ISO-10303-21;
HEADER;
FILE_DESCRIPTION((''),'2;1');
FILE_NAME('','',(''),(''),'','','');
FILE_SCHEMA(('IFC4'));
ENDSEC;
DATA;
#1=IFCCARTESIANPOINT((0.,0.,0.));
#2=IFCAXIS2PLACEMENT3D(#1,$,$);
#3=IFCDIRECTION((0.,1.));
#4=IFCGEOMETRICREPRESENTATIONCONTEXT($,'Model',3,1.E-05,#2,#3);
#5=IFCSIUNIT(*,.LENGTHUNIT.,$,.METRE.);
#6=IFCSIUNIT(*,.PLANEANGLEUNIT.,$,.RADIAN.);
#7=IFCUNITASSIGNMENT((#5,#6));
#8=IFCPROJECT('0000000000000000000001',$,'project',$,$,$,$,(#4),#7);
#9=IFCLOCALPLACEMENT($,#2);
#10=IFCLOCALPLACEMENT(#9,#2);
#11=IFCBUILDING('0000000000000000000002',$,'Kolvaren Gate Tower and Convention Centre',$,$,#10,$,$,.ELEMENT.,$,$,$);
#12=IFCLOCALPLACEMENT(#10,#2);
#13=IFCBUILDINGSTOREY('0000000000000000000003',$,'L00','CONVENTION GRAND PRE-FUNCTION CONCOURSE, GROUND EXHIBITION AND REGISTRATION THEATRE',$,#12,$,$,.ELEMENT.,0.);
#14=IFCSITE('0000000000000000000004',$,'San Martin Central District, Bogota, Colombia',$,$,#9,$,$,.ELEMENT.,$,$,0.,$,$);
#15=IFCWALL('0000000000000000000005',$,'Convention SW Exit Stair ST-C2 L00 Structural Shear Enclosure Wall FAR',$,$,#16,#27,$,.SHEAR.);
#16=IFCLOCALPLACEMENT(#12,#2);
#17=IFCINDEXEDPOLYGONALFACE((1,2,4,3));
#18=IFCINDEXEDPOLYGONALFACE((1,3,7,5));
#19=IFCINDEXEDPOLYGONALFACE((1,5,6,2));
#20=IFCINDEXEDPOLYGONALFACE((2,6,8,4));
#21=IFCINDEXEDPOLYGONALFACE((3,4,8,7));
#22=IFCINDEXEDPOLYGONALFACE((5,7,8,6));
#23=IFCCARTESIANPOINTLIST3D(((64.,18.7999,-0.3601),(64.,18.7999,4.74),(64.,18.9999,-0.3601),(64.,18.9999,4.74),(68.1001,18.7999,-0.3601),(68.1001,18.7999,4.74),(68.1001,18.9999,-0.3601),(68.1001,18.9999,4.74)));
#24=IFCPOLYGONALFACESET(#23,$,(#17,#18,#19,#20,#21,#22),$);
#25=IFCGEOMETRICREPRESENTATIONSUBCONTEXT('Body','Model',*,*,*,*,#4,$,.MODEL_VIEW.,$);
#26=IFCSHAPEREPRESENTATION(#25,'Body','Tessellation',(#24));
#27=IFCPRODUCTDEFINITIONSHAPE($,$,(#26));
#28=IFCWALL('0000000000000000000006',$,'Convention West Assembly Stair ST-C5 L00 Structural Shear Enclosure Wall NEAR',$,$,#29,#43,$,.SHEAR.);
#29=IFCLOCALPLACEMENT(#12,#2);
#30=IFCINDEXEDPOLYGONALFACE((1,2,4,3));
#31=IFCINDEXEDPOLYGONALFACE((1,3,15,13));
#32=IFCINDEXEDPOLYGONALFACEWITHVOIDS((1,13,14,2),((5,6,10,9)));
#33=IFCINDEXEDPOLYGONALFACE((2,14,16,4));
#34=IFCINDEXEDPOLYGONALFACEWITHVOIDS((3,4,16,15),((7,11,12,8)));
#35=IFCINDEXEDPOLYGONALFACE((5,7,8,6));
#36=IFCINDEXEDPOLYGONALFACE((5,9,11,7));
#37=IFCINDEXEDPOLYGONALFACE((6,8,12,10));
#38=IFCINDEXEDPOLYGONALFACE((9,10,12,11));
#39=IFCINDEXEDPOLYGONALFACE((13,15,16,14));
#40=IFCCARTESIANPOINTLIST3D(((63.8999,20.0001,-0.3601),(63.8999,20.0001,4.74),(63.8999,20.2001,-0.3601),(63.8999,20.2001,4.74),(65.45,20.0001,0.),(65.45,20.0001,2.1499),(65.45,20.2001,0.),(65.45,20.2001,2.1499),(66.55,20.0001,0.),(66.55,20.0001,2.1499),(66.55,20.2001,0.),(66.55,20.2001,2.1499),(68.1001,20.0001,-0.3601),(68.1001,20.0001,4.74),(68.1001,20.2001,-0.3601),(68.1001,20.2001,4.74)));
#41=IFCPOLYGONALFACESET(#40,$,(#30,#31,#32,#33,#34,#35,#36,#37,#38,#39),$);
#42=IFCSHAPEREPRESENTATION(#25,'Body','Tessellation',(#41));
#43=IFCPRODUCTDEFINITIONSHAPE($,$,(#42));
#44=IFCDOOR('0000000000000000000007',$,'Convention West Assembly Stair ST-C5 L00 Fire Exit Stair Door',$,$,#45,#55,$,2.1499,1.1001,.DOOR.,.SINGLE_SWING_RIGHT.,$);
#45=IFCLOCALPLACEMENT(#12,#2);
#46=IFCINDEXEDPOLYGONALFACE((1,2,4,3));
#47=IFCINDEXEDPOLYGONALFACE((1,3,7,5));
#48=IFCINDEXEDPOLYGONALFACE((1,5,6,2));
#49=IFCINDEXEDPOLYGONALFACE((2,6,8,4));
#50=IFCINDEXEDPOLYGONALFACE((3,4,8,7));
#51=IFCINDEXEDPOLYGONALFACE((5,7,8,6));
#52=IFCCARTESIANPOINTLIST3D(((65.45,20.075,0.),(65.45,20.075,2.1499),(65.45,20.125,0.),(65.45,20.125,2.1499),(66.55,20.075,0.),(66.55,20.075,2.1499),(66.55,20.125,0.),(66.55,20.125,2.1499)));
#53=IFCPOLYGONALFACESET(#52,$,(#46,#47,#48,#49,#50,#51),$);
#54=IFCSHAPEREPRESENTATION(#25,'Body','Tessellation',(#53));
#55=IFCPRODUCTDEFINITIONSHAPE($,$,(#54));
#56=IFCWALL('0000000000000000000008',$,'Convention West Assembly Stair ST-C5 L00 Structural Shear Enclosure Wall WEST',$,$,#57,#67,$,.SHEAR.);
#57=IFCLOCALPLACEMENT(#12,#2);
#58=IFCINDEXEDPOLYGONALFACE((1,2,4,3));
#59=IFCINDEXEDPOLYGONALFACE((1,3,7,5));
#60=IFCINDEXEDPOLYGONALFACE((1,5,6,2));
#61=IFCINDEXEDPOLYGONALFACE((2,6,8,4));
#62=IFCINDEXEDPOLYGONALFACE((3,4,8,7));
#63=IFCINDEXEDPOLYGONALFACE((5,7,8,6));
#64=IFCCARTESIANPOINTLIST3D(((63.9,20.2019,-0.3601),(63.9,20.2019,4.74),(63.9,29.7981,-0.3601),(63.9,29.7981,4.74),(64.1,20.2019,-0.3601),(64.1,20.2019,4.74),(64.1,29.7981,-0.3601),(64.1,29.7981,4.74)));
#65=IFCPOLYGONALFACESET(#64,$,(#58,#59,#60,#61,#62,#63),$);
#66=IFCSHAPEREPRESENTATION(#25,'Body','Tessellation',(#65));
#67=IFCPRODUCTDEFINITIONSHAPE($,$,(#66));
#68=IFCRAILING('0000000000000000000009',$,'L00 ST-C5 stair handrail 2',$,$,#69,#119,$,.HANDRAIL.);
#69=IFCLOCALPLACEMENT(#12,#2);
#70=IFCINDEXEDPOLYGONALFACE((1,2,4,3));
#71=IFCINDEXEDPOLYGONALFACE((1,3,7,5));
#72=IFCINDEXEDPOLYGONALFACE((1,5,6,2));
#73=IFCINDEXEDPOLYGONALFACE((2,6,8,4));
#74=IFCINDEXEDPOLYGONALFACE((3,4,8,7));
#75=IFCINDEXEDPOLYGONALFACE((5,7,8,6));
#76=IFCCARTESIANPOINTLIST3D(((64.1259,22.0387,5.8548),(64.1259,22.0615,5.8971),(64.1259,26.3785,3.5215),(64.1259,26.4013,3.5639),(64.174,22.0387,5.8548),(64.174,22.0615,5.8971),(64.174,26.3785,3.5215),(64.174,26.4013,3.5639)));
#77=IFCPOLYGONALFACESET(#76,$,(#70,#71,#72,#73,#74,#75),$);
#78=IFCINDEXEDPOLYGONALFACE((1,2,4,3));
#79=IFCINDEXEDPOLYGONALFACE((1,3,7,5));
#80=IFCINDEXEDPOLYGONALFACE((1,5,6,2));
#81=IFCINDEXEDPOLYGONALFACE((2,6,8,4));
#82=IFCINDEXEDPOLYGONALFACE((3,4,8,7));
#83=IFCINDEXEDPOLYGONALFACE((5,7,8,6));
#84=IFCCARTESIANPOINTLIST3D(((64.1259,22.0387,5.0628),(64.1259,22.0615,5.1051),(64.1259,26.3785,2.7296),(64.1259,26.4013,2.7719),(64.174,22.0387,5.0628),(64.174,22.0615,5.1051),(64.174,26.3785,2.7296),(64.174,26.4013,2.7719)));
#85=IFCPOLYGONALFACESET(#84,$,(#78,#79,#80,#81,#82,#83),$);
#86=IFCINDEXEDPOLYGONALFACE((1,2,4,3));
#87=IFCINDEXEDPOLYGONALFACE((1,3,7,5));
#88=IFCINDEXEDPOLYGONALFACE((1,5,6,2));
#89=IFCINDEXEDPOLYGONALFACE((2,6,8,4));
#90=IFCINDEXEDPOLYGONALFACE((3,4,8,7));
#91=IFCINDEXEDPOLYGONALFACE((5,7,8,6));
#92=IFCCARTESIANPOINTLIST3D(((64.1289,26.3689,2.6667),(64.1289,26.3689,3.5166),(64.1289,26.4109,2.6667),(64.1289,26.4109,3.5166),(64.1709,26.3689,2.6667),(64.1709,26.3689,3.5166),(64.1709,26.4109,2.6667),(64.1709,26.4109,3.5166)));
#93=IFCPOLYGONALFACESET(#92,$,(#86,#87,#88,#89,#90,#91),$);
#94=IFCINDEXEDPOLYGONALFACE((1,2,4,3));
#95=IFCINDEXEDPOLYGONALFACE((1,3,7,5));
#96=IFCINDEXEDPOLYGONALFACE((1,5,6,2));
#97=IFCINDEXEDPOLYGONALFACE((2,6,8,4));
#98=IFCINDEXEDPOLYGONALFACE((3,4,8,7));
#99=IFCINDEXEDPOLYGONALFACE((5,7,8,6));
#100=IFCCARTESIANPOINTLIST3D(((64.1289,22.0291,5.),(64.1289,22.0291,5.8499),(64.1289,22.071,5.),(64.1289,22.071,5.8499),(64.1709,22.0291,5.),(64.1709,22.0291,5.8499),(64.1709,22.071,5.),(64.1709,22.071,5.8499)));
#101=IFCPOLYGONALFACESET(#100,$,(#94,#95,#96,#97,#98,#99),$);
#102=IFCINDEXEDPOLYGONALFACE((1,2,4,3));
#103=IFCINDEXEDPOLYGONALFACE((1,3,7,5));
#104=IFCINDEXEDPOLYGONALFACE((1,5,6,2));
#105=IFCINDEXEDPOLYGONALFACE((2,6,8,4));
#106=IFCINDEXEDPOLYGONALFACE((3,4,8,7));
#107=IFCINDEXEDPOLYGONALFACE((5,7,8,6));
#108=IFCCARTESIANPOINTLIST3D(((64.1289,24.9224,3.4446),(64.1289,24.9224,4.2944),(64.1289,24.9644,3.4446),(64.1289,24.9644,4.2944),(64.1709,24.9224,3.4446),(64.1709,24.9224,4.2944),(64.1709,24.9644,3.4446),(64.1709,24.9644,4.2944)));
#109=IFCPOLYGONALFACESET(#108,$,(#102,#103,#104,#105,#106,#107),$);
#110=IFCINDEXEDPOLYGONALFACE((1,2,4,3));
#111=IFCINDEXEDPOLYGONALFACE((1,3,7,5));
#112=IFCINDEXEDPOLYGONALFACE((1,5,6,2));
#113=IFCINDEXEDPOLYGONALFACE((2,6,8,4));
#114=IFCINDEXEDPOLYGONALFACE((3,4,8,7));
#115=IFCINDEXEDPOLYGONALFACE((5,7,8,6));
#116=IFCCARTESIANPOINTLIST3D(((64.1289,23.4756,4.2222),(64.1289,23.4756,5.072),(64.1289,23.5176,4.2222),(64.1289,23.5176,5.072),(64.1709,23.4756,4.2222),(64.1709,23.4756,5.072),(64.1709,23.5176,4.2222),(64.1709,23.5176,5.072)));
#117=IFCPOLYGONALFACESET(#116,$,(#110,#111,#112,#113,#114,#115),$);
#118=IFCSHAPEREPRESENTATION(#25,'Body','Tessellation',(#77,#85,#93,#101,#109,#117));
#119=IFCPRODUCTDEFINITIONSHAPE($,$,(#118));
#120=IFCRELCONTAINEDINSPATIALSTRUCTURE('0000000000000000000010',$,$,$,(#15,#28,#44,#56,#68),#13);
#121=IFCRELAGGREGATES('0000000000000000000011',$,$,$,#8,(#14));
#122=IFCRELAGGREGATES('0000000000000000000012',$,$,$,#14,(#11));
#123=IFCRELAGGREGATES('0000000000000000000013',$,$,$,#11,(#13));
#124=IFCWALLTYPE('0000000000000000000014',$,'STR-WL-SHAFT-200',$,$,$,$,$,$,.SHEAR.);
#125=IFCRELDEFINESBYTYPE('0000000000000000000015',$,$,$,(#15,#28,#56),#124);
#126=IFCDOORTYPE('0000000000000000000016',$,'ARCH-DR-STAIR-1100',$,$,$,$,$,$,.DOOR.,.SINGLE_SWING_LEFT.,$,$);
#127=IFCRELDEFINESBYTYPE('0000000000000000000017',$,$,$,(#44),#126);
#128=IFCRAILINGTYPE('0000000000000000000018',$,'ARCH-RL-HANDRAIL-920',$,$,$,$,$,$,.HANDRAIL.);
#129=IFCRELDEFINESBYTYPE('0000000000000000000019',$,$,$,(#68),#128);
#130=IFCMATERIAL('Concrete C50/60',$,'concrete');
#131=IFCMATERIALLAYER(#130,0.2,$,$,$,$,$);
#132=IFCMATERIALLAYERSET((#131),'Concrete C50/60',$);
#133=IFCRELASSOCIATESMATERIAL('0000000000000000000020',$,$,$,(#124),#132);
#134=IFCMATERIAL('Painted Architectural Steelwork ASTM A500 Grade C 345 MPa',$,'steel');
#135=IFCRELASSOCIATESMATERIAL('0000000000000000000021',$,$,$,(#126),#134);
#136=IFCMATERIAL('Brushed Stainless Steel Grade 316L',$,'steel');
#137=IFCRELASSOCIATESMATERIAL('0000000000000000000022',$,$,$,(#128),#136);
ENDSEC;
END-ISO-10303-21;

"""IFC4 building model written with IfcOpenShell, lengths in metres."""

from ifc_helpers import new_model, si_unit, direction, frame, frame_2d, origin, origin_2d, place, context, subcontext, project, spatial, rectangle, extrude, material, layer, layer_set, type_object, element, fill, save


model = new_model("IFC4")

# Units and contexts
model_context = context("Model", 3, precision=1e-05, world=origin(), true_north=direction((0.0, 1.0)))
body_context = subcontext(model_context, "Body", "Model", "MODEL_VIEW")
ifc_project = project(units=[si_unit("LENGTHUNIT", "METRE"), si_unit("PLANEANGLEUNIT", "RADIAN")], contexts=[model_context])

# Site, building, storey
site_placement = place(None, origin())
site = spatial("IfcSite", under=ifc_project, at=site_placement, Name="San Martin Central District, Bogota, Colombia", CompositionType="ELEMENT", RefElevation=0.0)
building_placement = place(site_placement, origin())
building = spatial("IfcBuilding", under=site, at=building_placement, Name="Kolvaren Gate Tower and Convention Centre", CompositionType="ELEMENT")
storey_placement = place(building_placement, origin())
storey = spatial("IfcBuildingStorey", under=building, at=storey_placement, Name="L00", Description="CONVENTION GRAND PRE-FUNCTION CONCOURSE, GROUND EXHIBITION AND REGISTRATION THEATRE", CompositionType="ELEMENT", Elevation=0.0)

# Wall
ifc_material_1 = material(Name="Concrete C50/60", Category="concrete")
ifc_layer_1 = layer(ifc_material_1, 0.2)
ifc_layer_set_1 = layer_set([ifc_layer_1], Name="Concrete C50/60")
wall_type_1 = type_object("IfcWallType", Name="STR-WL-SHAFT-200", PredefinedType="SHEAR", material=ifc_layer_set_1)
wall_1_placement = place(storey_placement, frame((64.0, 18.8999, -0.3601), z_axis=(0.0, 0.0, 1.0), x_axis=(1.0, 0.0, 0.0)))
element("IfcWall", 1, at=wall_1_placement, inside=storey, type_object=wall_type_1, Name="Convention SW Exit Stair ST-C2 L00 Structural Shear Enclosure Wall FAR", PredefinedType="SHEAR", context=body_context, shape_type="SweptSolid", body=[
    extrude(rectangle(XDim=4.1001, YDim=0.2, at=frame_2d((2.05, 0.0))), origin(), (0.0, 0.0, 1.0), 5.1001),
])

# Wall, opening, door
wall_2_placement = place(storey_placement, frame((63.8999, 20.1001, -0.3601), z_axis=(0.0, 0.0, 1.0), x_axis=(1.0, 0.0, 0.0)))
wall_2 = element("IfcWall", 2, at=wall_2_placement, inside=storey, type_object=wall_type_1, Name="Convention West Assembly Stair ST-C5 L00 Structural Shear Enclosure Wall NEAR", PredefinedType="SHEAR", context=body_context, shape_type="SweptSolid", body=[
    extrude(rectangle(XDim=4.2002, YDim=0.2, at=frame_2d((2.1001, 0.0))), origin(), (0.0, 0.0, 1.0), 5.1001),
])
opening_1_placement = place(wall_2_placement, frame((1.55, 0.0, 0.3601)))
opening_1 = element("IfcOpeningElement", 3, at=opening_1_placement, cuts=wall_2, PredefinedType="OPENING", context=body_context, shape_type="SweptSolid", body=[
    extrude(rectangle(XDim=1.1001, YDim=2.1499, at=frame_2d((0.55, 1.075))), frame((0.0, 0.1099, 0.0), z_axis=(0.0, -1.0, 0.0), x_axis=(1.0, 0.0, 0.0)), (0.0, 0.0, 1.0), 0.22),
])
ifc_material_2 = material(Name="Painted Architectural Steelwork ASTM A500 Grade C 345 MPa", Category="steel")
door_type_1 = type_object("IfcDoorType", Name="ARCH-DR-STAIR-1100", OperationType="SINGLE_SWING_LEFT", PredefinedType="DOOR", material=ifc_material_2)
door_1_placement = place(opening_1_placement, origin())
door_1 = element("IfcDoor", 4, at=door_1_placement, inside=storey, type_object=door_type_1, Name="Convention West Assembly Stair ST-C5 L00 Fire Exit Stair Door", OperationType="SINGLE_SWING_RIGHT", OverallHeight=2.1499, OverallWidth=1.1001, PredefinedType="DOOR", context=body_context, shape_type="SweptSolid", body=[
    extrude(rectangle(XDim=1.1001, YDim=2.1499, at=frame_2d((0.55, 1.075))), frame((0.0, 0.0249, 0.0), z_axis=(0.0, -1.0, 0.0), x_axis=(1.0, 0.0, 0.0)), (0.0, 0.0, 1.0), 0.05),
])
fill(opening_1, door_1)

# Wall
wall_3_placement = place(storey_placement, frame((64.0, 20.2019, -0.3601), z_axis=(0.0, 0.0, 1.0), x_axis=(0.0, 1.0, 0.0)))
element("IfcWall", 5, at=wall_3_placement, inside=storey, type_object=wall_type_1, Name="Convention West Assembly Stair ST-C5 L00 Structural Shear Enclosure Wall WEST", PredefinedType="SHEAR", context=body_context, shape_type="SweptSolid", body=[
    extrude(rectangle(XDim=9.5962, YDim=0.2, at=frame_2d((4.7981, 0.0))), origin(), (0.0, 0.0, 1.0), 5.1001),
])

# Railing
ifc_material_3 = material(Name="Brushed Stainless Steel Grade 316L", Category="steel")
railing_type = type_object("IfcRailingType", Name="ARCH-RL-HANDRAIL-920", PredefinedType="HANDRAIL", material=ifc_material_3)
railing_placement = place(storey_placement, frame((64.1499, 26.3899, 2.6667)))
element("IfcRailing", 6, at=railing_placement, inside=storey, type_object=railing_type, Name="L00 ST-C5 stair handrail 2", PredefinedType="HANDRAIL", context=body_context, shape_type="SweptSolid", body=[
    extrude(rectangle(XDim=0.0481, YDim=0.0481, at=origin_2d()), frame((0.0, 0.0, 0.876), z_axis=(0.0, -0.880775, 0.473535), x_axis=(1.0, 0.0, 0.0)), (0.0, 0.0, 1.0), 4.9272),
    extrude(rectangle(XDim=0.0481, YDim=0.0481, at=origin_2d()), frame((0.0, 0.0, 0.084), z_axis=(0.0, -0.880775, 0.473535), x_axis=(1.0, 0.0, 0.0)), (0.0, 0.0, 1.0), 4.9272),
    extrude(rectangle(XDim=0.042, YDim=0.042, at=origin_2d()), origin(), (0.0, 0.0, 1.0), 0.8499),
    extrude(rectangle(XDim=0.042, YDim=0.042, at=origin_2d()), frame((0.0, -4.3398, 2.3333)), (0.0, 0.0, 1.0), 0.8499),
    extrude(rectangle(XDim=0.042, YDim=0.042, at=origin_2d()), frame((0.0, -1.4465, 0.7778)), (0.0, 0.0, 1.0), 0.8499),
    extrude(rectangle(XDim=0.042, YDim=0.042, at=origin_2d()), frame((0.0, -2.8933, 1.5554)), (0.0, 0.0, 1.0), 0.8499),
])

save(model, "model.ifc")
